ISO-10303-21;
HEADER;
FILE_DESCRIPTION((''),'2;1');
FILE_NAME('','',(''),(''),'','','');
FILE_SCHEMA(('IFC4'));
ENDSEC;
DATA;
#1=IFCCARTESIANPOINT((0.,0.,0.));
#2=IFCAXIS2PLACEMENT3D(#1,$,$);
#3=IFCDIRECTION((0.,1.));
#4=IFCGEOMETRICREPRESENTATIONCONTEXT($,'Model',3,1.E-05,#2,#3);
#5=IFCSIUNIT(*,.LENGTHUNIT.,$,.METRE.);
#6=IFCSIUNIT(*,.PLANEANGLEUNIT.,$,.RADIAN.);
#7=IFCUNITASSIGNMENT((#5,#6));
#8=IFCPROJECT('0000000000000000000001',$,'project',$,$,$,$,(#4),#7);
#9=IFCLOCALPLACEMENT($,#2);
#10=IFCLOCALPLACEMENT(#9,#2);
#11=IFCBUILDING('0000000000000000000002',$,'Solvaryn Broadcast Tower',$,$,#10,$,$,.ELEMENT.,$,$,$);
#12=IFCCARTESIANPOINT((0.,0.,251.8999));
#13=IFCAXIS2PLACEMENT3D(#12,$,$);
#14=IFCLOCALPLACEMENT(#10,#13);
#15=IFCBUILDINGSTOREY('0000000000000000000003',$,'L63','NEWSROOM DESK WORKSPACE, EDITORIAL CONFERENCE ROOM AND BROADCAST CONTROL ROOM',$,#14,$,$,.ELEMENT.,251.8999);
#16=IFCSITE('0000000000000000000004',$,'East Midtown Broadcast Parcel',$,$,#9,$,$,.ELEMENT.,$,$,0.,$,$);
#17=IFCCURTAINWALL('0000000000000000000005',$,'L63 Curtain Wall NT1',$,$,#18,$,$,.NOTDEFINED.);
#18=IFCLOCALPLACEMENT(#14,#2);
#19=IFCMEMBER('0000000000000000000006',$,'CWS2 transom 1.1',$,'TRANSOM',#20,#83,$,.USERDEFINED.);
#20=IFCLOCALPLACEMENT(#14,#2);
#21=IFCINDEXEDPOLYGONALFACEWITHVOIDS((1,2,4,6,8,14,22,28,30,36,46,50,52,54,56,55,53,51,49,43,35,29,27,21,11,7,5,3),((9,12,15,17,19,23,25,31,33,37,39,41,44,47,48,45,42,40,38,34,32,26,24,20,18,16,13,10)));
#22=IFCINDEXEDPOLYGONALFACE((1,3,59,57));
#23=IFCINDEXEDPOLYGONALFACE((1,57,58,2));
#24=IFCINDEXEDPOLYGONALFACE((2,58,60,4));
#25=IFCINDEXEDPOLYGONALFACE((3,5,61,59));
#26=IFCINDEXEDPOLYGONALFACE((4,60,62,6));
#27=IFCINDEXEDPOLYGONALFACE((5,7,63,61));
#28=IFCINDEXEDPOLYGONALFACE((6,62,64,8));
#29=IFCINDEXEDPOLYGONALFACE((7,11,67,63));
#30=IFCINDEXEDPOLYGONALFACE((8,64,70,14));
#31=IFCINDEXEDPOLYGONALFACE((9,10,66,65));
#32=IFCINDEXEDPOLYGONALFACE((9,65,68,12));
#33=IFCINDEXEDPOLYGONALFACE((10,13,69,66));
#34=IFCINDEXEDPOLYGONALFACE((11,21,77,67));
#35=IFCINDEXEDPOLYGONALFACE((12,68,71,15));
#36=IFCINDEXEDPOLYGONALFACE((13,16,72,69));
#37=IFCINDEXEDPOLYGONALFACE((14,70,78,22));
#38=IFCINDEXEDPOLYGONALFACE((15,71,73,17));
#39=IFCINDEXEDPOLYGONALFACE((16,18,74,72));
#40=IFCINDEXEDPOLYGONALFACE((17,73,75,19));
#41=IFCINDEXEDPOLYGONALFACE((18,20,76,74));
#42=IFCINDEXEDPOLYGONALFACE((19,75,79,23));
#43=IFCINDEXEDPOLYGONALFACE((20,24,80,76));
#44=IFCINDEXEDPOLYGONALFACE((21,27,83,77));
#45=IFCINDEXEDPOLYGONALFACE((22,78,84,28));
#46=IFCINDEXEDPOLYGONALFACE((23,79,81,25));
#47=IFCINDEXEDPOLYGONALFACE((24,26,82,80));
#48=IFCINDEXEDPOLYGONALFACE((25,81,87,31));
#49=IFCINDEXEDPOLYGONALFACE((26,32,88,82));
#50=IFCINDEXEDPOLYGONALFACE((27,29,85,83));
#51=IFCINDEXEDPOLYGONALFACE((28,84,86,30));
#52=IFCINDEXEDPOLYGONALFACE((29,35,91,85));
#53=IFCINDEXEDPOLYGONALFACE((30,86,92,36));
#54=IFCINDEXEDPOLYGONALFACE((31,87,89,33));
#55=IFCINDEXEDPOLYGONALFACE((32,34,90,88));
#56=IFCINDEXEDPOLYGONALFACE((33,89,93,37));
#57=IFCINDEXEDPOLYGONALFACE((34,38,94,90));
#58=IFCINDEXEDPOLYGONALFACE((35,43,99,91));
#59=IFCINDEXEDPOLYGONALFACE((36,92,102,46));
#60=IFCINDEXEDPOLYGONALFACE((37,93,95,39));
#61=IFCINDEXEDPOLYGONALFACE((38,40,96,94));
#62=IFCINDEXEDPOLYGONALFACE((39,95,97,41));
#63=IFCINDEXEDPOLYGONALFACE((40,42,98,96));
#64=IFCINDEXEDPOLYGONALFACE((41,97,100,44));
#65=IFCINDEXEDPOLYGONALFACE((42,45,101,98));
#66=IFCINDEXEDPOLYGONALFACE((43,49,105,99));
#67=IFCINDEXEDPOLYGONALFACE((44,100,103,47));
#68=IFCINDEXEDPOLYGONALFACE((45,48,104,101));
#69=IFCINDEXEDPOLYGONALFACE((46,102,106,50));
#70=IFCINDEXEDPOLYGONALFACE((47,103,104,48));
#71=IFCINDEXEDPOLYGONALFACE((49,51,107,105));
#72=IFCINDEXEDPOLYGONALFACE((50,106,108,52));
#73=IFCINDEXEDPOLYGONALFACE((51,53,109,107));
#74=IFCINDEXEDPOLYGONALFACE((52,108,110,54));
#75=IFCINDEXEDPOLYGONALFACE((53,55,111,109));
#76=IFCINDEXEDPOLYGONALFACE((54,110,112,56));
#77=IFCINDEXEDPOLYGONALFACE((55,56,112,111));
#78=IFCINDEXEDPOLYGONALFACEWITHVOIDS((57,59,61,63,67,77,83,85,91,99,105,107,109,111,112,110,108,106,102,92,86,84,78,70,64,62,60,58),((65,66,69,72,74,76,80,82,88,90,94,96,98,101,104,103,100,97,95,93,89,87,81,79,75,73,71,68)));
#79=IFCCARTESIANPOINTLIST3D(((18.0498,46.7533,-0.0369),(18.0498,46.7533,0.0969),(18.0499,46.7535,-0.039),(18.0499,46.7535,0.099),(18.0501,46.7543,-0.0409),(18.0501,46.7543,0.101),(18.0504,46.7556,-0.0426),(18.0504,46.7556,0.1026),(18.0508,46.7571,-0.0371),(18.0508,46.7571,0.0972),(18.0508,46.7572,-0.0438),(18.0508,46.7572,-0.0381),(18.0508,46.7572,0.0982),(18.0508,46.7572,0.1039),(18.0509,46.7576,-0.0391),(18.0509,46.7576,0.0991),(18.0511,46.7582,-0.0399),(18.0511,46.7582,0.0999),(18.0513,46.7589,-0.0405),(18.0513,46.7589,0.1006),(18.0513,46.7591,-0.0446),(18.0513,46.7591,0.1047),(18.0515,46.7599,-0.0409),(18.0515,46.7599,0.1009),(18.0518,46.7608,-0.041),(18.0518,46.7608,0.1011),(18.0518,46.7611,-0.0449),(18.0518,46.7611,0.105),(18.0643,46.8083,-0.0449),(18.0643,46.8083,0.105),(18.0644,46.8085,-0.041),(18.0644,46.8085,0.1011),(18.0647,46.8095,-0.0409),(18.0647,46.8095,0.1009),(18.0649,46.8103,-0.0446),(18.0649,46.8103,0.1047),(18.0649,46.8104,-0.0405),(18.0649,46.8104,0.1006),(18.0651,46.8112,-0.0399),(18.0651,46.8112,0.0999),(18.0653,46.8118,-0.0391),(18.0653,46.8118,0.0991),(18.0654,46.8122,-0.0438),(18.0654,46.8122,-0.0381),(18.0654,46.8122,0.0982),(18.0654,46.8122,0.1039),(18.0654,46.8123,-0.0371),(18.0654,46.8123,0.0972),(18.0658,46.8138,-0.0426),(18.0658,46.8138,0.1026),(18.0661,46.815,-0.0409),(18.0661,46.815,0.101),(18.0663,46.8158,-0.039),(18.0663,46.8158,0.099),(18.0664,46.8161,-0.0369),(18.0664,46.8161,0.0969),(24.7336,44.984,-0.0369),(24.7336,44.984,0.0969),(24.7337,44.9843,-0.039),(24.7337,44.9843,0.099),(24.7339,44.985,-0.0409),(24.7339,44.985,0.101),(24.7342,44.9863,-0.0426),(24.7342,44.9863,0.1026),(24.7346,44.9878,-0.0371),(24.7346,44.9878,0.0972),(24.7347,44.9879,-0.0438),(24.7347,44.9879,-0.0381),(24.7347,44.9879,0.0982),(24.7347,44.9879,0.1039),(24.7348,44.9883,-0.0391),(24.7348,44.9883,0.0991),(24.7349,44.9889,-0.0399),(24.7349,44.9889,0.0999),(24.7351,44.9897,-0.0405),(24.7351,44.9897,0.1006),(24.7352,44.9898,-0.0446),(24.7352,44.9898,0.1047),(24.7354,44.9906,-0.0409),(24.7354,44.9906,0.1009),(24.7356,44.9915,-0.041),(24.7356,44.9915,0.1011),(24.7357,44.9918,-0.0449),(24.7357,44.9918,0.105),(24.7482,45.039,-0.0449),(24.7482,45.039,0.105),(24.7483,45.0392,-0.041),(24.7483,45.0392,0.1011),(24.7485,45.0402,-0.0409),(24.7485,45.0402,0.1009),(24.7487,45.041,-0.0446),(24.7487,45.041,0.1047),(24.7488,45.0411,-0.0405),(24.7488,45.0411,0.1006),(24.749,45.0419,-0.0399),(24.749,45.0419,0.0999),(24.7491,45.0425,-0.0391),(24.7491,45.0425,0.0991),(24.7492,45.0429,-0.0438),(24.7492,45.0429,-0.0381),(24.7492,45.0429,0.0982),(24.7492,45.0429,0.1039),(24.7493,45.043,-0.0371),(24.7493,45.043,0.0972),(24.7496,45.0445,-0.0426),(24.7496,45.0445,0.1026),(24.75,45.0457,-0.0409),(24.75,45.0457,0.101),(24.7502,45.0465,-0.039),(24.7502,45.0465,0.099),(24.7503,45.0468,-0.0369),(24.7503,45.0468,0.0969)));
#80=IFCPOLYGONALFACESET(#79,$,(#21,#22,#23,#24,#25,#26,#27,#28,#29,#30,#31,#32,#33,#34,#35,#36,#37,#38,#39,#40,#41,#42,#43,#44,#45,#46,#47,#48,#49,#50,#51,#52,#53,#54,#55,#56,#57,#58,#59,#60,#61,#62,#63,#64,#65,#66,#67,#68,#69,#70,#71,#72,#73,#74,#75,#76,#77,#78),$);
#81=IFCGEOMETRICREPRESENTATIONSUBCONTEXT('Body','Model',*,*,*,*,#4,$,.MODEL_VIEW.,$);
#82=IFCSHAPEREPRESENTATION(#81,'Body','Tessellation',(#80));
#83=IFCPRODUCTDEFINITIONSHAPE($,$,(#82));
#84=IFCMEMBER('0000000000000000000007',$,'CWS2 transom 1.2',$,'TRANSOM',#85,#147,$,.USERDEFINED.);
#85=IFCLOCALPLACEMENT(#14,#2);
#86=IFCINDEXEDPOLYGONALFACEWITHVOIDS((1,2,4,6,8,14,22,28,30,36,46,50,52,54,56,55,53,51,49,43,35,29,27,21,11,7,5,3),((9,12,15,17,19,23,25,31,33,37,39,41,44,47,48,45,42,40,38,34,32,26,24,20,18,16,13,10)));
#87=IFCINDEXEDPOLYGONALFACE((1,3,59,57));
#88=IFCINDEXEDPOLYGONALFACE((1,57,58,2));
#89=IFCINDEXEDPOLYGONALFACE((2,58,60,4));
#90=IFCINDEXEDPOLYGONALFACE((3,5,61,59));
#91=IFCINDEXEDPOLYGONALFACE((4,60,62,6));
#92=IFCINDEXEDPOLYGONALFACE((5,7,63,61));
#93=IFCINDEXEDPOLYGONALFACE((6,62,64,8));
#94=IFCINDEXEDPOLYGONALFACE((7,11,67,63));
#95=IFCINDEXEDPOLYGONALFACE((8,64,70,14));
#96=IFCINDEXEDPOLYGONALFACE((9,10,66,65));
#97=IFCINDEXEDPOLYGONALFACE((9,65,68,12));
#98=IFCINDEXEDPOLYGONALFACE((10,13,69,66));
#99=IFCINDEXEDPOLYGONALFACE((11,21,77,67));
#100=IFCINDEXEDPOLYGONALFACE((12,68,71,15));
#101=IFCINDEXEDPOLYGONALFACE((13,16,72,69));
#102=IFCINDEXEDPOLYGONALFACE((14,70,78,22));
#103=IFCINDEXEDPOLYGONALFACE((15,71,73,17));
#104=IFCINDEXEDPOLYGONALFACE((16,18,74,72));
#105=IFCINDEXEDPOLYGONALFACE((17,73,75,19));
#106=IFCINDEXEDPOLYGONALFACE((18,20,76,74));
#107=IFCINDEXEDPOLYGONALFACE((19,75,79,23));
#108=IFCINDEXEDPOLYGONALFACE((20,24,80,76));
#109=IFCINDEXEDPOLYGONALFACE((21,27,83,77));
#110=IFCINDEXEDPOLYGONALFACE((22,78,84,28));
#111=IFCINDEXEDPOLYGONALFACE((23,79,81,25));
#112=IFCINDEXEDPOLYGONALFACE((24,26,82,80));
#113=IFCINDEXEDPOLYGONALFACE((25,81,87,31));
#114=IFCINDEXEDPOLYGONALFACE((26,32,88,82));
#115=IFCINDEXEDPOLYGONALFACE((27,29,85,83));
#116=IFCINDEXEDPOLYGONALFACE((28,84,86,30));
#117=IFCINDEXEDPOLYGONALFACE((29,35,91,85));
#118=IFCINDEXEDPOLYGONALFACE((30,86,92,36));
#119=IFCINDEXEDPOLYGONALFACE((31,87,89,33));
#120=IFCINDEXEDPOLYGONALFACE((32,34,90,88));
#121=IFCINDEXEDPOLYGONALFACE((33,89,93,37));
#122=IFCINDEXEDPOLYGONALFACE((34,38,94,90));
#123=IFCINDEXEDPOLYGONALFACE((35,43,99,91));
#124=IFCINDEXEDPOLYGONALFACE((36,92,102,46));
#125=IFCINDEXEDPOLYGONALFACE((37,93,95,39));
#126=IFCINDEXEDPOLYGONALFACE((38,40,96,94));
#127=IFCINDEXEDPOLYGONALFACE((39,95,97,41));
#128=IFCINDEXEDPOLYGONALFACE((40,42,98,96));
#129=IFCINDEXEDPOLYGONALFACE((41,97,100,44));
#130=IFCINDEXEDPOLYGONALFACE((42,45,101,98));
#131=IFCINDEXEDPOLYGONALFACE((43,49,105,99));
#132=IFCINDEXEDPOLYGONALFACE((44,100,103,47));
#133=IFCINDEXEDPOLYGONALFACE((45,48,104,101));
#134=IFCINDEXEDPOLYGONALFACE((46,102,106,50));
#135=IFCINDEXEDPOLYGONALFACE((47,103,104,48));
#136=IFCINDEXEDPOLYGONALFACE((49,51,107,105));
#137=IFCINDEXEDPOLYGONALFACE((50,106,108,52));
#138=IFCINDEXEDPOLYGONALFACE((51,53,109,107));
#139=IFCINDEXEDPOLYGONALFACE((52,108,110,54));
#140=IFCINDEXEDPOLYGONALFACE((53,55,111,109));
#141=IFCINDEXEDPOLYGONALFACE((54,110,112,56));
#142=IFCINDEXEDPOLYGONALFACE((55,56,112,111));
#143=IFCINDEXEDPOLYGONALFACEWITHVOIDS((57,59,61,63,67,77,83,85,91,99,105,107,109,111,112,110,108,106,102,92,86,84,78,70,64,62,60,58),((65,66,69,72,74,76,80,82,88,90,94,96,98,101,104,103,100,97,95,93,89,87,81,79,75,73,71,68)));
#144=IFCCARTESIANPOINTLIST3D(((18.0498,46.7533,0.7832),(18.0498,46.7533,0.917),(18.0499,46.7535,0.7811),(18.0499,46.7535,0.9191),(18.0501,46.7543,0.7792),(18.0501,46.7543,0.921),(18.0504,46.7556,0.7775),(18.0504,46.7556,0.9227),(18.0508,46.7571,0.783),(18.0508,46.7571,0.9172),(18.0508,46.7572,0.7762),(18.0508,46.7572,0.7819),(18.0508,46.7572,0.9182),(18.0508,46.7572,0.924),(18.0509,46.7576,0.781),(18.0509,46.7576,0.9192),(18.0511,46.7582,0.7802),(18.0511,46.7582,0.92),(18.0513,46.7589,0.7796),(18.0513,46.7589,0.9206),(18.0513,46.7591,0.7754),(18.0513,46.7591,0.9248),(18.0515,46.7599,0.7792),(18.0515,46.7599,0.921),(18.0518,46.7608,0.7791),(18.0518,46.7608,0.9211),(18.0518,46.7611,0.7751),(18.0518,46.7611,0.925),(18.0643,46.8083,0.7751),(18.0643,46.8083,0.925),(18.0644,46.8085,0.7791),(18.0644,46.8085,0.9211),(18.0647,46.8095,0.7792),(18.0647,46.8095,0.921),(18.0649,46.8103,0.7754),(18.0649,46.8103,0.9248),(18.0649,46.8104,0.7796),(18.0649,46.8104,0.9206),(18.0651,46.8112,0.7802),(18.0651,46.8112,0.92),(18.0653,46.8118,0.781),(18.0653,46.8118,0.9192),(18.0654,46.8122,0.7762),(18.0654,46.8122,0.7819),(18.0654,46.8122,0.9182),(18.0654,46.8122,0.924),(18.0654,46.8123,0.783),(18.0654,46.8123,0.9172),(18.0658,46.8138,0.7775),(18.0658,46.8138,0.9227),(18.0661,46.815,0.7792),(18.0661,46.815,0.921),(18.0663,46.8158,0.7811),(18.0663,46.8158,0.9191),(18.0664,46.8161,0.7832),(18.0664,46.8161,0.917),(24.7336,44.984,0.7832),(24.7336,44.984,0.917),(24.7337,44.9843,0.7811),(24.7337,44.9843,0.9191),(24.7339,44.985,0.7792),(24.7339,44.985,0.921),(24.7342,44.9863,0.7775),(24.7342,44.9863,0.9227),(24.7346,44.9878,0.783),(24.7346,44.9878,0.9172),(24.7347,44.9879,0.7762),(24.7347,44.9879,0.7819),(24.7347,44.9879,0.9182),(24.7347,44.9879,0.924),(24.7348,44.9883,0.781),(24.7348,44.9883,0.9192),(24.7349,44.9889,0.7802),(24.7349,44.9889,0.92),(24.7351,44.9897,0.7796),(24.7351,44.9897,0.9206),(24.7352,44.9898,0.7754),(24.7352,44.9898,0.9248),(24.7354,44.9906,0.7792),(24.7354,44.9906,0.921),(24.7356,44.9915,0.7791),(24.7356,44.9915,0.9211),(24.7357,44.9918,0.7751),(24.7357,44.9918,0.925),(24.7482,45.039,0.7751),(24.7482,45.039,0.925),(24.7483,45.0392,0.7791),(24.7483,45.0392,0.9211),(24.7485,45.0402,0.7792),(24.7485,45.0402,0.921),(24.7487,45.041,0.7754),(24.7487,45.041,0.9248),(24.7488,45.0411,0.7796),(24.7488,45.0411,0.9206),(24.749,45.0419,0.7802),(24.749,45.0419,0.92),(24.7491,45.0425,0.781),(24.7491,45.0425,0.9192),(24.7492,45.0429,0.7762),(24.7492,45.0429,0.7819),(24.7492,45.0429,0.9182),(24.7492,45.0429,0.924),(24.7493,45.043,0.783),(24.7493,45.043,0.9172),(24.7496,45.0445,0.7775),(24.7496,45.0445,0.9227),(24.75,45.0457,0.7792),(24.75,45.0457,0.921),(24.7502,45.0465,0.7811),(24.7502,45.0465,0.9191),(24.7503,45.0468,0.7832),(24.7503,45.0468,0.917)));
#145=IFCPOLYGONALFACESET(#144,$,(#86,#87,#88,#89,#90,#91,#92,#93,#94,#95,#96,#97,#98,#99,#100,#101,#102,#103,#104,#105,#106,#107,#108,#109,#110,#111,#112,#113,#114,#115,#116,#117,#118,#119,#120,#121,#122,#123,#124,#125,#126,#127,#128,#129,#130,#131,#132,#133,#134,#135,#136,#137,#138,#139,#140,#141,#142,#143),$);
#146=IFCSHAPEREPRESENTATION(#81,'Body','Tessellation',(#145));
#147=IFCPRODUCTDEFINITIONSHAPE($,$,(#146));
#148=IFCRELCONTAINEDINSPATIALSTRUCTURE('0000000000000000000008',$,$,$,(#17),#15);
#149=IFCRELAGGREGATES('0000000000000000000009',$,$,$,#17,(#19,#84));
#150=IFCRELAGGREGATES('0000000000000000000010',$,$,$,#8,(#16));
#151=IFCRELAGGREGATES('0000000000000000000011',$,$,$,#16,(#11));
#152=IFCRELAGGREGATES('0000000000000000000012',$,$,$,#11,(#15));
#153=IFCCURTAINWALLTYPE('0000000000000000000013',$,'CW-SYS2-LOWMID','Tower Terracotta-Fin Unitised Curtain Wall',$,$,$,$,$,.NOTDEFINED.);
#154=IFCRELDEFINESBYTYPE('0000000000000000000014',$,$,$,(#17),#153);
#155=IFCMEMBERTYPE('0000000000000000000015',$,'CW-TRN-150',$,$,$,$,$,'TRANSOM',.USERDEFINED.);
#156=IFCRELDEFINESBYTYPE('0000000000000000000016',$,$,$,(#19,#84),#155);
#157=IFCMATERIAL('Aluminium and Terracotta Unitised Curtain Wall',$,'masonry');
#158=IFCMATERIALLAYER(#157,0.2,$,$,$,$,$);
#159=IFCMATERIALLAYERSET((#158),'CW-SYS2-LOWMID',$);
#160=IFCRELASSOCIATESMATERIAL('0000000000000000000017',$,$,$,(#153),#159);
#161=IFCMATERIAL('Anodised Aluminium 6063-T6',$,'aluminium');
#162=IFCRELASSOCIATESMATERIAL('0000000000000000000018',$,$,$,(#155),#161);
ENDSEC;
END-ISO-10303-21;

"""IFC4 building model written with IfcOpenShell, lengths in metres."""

from ifc_helpers import new_model, si_unit, direction, frame, origin, origin_2d, place, context, subcontext, project, spatial, hollow_rectangle, extrude, material, layer, layer_set, material_profile, profile_set, type_object, element, aggregate, save


model = new_model("IFC4")

# Units and contexts
model_context = context("Model", 3, precision=1e-05, world=origin(), true_north=direction((0.0, 1.0)))
body_context = subcontext(model_context, "Body", "Model", "MODEL_VIEW")
ifc_project = project(units=[si_unit("LENGTHUNIT", "METRE"), si_unit("PLANEANGLEUNIT", "RADIAN")], contexts=[model_context])

# Site, building, storey
site_placement = place(None, origin())
site = spatial("IfcSite", under=ifc_project, at=site_placement, Name="East Midtown Broadcast Parcel", CompositionType="ELEMENT", RefElevation=0.0)
building_placement = place(site_placement, origin())
building = spatial("IfcBuilding", under=site, at=building_placement, Name="Solvaryn Broadcast Tower", CompositionType="ELEMENT")
storey_placement = place(building_placement, frame((0.0, 0.0, 251.8999)))
storey = spatial("IfcBuildingStorey", under=building, at=storey_placement, Name="L63", Description="NEWSROOM DESK WORKSPACE, EDITORIAL CONFERENCE ROOM AND BROADCAST CONTROL ROOM", CompositionType="ELEMENT", Elevation=251.8999)

# Shared definitions
ifc_material_1 = material(Name="Aluminium and Terracotta Unitised Curtain Wall", Category="masonry")
ifc_layer_1 = layer(ifc_material_1, 0.2)
ifc_layer_set_1 = layer_set([ifc_layer_1], Name="CW-SYS2-LOWMID")
curtain_wall_type = type_object("IfcCurtainWallType", Name="CW-SYS2-LOWMID", Description="Tower Terracotta-Fin Unitised Curtain Wall", PredefinedType="NOTDEFINED", material=ifc_layer_set_1)

# Curtain wall
curtain_wall_1_placement = place(storey_placement, origin())
curtain_wall_1 = element("IfcCurtainWall", 1, at=curtain_wall_1_placement, inside=storey, type_object=curtain_wall_type, Name="L63 Curtain Wall NT1", PredefinedType="NOTDEFINED")

# Members
ifc_material_2 = material(Name="Anodised Aluminium 6063-T6", Category="aluminium")
ifc_material_profile_1 = material_profile(ifc_material_2, hollow_rectangle(XDim=0.0649, YDim=0.1499, WallThickness=0.0039, InnerFilletRadius=0.0039, OuterFilletRadius=0.0081, at=origin_2d()))
ifc_profile_set_1 = profile_set([ifc_material_profile_1], Name="Anodised Aluminium 6063-T6")
member_type_1 = type_object("IfcMemberType", Name="CW-TRN-150", ElementType="TRANSOM", PredefinedType="USERDEFINED", material=ifc_profile_set_1)
member_1_placement = place(storey_placement, frame((24.7419, 45.0154, 0.03), z_axis=(-0.966704, 0.255897, 0.0), x_axis=(-0.255897, -0.966704, 0.0)))
member_1 = element("IfcMember", 2, at=member_1_placement, type_object=member_type_1, Name="CWS2 transom 1.1", ObjectType="TRANSOM", PredefinedType="USERDEFINED", context=body_context, shape_type="SweptSolid", body=[
    extrude(hollow_rectangle(XDim=0.0649, YDim=0.1499, WallThickness=0.0039, InnerFilletRadius=0.0039, OuterFilletRadius=0.0081, at=origin_2d()), origin(), (0.0, 0.0, 1.0), 6.9141),
])
member_2_placement = place(storey_placement, frame((24.7419, 45.0154, 0.8501), z_axis=(-0.966704, 0.255897, 0.0), x_axis=(-0.255897, -0.966704, 0.0)))
member_2 = element("IfcMember", 3, at=member_2_placement, type_object=member_type_1, Name="CWS2 transom 1.2", ObjectType="TRANSOM", PredefinedType="USERDEFINED", context=body_context, shape_type="SweptSolid", body=[
    extrude(hollow_rectangle(XDim=0.0649, YDim=0.1499, WallThickness=0.0039, InnerFilletRadius=0.0039, OuterFilletRadius=0.0081, at=origin_2d()), origin(), (0.0, 0.0, 1.0), 6.9141),
])
aggregate(curtain_wall_1, [member_1, member_2])

save(model, "model.ifc")
